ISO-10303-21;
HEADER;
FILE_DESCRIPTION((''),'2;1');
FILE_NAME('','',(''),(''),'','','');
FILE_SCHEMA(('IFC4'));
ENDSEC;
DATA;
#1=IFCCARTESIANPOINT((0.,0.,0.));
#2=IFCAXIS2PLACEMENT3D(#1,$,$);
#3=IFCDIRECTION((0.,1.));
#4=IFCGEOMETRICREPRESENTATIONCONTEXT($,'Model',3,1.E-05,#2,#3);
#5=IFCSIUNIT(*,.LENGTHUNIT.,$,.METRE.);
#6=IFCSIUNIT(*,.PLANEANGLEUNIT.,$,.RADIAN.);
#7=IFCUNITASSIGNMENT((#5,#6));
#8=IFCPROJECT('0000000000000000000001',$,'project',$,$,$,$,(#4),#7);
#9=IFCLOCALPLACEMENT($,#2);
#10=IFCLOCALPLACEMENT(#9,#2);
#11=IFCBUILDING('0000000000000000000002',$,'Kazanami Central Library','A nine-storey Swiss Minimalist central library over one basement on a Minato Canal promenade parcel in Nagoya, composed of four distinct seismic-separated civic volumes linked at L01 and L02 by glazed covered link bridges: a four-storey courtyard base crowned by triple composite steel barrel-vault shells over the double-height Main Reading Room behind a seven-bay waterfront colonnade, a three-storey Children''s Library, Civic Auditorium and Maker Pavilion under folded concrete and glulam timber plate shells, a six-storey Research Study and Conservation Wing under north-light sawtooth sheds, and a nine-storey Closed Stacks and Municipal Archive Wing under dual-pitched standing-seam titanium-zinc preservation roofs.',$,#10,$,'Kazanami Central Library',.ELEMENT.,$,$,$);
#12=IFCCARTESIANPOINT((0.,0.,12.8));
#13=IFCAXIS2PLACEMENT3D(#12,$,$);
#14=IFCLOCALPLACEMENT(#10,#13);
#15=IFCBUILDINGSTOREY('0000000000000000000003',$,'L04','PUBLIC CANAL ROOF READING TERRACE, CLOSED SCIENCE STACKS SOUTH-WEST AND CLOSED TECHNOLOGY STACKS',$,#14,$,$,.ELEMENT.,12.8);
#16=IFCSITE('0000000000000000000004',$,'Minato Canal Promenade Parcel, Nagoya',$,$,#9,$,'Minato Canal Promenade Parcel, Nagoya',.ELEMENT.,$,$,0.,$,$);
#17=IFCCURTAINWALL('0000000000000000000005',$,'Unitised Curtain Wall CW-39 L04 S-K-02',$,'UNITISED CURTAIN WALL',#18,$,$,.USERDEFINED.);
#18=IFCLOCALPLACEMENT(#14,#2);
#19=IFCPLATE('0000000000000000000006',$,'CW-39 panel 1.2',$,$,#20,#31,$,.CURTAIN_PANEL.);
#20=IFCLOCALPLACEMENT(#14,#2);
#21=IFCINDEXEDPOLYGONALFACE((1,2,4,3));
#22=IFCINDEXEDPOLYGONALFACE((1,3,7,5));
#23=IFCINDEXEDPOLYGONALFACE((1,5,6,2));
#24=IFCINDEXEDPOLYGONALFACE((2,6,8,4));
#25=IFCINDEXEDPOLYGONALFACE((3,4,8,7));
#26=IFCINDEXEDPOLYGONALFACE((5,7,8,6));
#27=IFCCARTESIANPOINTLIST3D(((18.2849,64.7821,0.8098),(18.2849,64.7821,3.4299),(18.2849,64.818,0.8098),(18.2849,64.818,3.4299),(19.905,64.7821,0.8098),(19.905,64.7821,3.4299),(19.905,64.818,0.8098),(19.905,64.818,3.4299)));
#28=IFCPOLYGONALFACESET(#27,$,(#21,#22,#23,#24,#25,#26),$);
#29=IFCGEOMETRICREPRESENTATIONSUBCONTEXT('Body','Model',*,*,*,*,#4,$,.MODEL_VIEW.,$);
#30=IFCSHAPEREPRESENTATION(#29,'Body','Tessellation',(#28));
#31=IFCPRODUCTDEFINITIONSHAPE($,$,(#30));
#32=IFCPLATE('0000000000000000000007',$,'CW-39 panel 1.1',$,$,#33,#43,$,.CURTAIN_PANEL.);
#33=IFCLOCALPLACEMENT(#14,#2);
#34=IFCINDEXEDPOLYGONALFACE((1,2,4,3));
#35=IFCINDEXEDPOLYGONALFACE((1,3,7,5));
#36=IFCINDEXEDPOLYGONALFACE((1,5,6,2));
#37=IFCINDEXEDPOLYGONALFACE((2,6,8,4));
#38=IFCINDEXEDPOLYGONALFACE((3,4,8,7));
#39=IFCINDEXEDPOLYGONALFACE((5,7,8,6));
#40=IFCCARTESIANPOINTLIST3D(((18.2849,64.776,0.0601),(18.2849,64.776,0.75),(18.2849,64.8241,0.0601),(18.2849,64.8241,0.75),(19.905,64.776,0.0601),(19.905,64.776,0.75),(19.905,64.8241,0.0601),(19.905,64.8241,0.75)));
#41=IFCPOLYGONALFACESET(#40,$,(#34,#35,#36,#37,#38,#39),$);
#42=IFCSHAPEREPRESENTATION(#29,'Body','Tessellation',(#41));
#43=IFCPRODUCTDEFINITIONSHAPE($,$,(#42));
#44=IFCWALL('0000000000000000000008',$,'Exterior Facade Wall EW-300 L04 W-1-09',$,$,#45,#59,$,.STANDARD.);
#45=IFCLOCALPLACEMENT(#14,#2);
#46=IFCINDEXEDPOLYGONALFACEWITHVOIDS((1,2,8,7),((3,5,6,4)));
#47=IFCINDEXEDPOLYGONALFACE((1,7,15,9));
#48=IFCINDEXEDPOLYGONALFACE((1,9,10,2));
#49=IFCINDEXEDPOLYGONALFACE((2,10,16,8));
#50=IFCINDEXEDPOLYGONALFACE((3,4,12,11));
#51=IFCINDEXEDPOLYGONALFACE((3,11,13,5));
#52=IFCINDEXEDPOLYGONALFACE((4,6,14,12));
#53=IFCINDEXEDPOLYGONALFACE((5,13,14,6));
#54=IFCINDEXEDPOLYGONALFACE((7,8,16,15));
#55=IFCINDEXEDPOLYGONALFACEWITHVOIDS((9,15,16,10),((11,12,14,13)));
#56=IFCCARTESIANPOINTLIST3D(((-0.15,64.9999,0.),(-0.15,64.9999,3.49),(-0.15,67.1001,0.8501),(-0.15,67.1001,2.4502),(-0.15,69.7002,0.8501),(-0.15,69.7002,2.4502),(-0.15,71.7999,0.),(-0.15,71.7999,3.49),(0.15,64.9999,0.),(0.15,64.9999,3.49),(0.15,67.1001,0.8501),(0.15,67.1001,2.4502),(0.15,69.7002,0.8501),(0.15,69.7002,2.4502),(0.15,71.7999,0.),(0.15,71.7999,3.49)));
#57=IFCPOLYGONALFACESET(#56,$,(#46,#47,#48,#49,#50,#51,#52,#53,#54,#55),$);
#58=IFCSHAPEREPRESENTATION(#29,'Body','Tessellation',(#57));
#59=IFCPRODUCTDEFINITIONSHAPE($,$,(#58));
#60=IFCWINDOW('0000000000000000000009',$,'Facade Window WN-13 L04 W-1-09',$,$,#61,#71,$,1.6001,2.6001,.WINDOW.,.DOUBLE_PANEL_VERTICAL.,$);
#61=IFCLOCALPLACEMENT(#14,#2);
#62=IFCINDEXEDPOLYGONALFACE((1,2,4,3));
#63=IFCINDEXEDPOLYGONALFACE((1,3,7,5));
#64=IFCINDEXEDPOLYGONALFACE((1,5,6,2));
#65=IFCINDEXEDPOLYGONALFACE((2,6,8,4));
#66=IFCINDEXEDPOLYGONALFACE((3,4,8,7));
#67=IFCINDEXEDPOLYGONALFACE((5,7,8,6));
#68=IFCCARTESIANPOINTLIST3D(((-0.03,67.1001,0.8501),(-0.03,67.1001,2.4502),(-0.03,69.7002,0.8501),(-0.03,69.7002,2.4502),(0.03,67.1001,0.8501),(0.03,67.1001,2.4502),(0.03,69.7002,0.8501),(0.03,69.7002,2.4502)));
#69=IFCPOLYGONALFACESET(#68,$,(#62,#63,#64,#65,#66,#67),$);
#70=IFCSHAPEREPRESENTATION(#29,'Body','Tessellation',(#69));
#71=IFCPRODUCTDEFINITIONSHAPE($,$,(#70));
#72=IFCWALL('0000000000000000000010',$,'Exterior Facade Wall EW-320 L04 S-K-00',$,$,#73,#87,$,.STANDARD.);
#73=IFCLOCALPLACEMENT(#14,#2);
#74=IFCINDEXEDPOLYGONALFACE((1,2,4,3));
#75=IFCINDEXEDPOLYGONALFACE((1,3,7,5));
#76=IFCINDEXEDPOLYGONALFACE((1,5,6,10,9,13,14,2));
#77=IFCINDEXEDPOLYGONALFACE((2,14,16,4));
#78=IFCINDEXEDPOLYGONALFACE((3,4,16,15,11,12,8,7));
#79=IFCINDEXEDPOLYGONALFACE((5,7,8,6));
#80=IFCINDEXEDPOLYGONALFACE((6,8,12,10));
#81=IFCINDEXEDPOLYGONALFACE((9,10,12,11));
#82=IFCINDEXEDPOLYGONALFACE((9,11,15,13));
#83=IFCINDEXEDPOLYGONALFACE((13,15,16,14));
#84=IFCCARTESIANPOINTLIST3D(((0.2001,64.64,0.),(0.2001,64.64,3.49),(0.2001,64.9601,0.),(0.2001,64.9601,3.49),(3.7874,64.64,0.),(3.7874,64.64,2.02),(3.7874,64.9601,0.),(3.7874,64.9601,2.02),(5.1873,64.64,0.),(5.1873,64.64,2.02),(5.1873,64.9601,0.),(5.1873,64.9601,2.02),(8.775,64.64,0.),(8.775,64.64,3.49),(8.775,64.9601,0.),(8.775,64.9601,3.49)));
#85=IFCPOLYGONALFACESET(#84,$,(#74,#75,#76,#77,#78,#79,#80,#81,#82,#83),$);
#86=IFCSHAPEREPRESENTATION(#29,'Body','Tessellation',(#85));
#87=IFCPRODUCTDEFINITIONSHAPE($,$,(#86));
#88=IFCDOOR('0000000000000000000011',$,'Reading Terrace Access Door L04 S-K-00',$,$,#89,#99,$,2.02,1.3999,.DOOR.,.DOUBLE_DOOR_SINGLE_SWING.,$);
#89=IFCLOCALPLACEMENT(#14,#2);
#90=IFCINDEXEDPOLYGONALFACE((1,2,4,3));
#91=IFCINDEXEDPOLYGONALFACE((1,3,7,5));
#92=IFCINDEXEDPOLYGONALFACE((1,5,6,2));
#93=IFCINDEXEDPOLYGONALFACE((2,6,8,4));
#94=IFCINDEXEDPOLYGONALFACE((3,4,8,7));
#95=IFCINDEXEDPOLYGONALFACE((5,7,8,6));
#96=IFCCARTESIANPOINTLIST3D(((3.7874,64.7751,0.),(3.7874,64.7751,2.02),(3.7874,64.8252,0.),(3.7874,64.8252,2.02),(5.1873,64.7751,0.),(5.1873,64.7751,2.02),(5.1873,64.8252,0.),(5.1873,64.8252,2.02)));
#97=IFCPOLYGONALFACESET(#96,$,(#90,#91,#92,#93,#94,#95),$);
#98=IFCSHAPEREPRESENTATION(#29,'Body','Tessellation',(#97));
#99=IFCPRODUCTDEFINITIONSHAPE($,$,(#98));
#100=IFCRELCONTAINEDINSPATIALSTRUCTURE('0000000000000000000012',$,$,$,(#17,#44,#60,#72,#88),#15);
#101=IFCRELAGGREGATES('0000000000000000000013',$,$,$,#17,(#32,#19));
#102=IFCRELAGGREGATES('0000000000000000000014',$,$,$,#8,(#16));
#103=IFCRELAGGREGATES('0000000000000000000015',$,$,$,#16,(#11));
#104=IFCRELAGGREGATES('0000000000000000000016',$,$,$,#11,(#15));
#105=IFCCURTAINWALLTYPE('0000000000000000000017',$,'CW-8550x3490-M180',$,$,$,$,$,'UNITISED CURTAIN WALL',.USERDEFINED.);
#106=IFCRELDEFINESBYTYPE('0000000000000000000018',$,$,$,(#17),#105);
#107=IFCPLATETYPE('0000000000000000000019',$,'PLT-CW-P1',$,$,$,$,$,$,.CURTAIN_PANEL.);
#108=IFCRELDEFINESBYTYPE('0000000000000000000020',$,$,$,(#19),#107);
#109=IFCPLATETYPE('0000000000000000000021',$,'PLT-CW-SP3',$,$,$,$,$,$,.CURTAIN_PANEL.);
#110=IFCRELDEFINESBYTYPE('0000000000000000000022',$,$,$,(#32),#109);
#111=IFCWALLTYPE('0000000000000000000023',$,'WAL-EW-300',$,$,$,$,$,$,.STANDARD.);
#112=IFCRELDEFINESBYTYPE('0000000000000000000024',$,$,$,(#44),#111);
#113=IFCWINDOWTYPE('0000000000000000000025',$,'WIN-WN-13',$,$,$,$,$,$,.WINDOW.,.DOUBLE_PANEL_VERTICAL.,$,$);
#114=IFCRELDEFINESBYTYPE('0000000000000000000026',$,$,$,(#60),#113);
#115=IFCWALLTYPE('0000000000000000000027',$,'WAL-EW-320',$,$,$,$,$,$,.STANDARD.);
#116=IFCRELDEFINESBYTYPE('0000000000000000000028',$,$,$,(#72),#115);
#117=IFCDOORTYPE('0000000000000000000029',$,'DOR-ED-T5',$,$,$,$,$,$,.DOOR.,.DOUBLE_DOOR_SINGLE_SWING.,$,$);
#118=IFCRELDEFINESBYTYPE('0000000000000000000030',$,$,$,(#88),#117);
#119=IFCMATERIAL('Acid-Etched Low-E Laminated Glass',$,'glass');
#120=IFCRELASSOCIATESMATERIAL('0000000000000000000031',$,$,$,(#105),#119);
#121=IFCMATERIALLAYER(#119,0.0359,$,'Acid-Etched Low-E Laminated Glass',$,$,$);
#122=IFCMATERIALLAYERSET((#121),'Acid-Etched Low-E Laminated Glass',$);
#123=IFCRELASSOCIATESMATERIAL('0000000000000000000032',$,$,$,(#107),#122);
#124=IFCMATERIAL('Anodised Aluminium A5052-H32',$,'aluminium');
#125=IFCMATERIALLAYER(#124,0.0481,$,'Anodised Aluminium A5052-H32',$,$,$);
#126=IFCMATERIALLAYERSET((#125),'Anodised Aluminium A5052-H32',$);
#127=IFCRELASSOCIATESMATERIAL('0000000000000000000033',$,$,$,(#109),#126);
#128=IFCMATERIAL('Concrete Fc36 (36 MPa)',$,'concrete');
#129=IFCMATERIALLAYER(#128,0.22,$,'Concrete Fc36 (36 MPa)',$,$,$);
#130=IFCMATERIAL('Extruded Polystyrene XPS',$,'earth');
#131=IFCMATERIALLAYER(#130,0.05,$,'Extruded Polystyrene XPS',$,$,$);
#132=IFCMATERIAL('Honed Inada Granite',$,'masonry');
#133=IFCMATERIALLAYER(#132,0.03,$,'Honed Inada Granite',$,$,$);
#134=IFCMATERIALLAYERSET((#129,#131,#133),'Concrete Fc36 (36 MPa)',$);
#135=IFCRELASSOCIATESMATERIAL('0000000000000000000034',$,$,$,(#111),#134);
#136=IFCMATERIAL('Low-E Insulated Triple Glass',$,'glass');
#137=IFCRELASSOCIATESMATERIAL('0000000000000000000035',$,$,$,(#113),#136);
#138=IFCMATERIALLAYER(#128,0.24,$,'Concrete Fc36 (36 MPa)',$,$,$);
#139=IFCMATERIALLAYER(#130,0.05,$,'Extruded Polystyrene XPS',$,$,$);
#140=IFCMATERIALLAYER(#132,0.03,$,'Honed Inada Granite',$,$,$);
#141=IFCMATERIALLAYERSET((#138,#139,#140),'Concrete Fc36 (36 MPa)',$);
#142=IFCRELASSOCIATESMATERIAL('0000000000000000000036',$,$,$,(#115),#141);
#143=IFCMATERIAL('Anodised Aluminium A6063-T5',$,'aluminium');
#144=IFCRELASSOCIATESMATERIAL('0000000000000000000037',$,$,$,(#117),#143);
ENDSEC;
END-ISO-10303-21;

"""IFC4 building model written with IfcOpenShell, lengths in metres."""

from ifc_helpers import new_model, si_unit, direction, frame, frame_2d, origin, origin_2d, place, context, subcontext, project, spatial, rectangle, extrude, material, layer, layer_set, type_object, element, fill, aggregate, save


model = new_model("IFC4")

# Units and contexts
model_context = context("Model", 3, precision=1e-05, world=origin(), true_north=direction((0.0, 1.0)))
body_context = subcontext(model_context, "Body", "Model", "MODEL_VIEW")
ifc_project = project(units=[si_unit("LENGTHUNIT", "METRE"), si_unit("PLANEANGLEUNIT", "RADIAN")], contexts=[model_context])

# Site, building, storey
site_placement = place(None, origin())
site = spatial("IfcSite", under=ifc_project, at=site_placement, Name="Minato Canal Promenade Parcel, Nagoya", LongName="Minato Canal Promenade Parcel, Nagoya", CompositionType="ELEMENT", RefElevation=0.0)
building_placement = place(site_placement, origin())
building = spatial("IfcBuilding", under=site, at=building_placement, Name="Kazanami Central Library", Description="A nine-storey Swiss Minimalist central library over one basement on a Minato Canal promenade parcel in Nagoya, composed of four distinct seismic-separated civic volumes linked at L01 and L02 by glazed covered link bridges: a four-storey courtyard base crowned by triple composite steel barrel-vault shells over the double-height Main Reading Room behind a seven-bay waterfront colonnade, a three-storey Children's Library, Civic Auditorium and Maker Pavilion under folded concrete and glulam timber plate shells, a six-storey Research Study and Conservation Wing under north-light sawtooth sheds, and a nine-storey Closed Stacks and Municipal Archive Wing under dual-pitched standing-seam titanium-zinc preservation roofs.", LongName="Kazanami Central Library", CompositionType="ELEMENT")
storey_placement = place(building_placement, frame((0.0, 0.0, 12.8)))
storey = spatial("IfcBuildingStorey", under=building, at=storey_placement, Name="L04", Description="PUBLIC CANAL ROOF READING TERRACE, CLOSED SCIENCE STACKS SOUTH-WEST AND CLOSED TECHNOLOGY STACKS", CompositionType="ELEMENT", Elevation=12.8)

# Curtain wall, plates
ifc_material_1 = material(Name="Acid-Etched Low-E Laminated Glass", Category="glass")
curtain_wall_type = type_object("IfcCurtainWallType", Name="CW-8550x3490-M180", ElementType="UNITISED CURTAIN WALL", PredefinedType="USERDEFINED", material=ifc_material_1)
curtain_wall_placement = place(storey_placement, origin())
curtain_wall = element("IfcCurtainWall", 1, at=curtain_wall_placement, inside=storey, type_object=curtain_wall_type, Name="Unitised Curtain Wall CW-39 L04 S-K-02", ObjectType="UNITISED CURTAIN WALL", PredefinedType="USERDEFINED")
ifc_material_2 = material(Name="Anodised Aluminium A6063-T5", Category="aluminium")
ifc_layer_1 = layer(ifc_material_1, 0.0359, Name="Acid-Etched Low-E Laminated Glass")
ifc_layer_set_1 = layer_set([ifc_layer_1], Name="Acid-Etched Low-E Laminated Glass")
plate_type_1 = type_object("IfcPlateType", Name="PLT-CW-P1", PredefinedType="CURTAIN_PANEL", material=ifc_layer_set_1)
plate_1_placement = place(storey_placement, frame((19.095, 64.8, 0.8098), z_axis=(0.0, 0.0, 1.0), x_axis=(1.0, 0.0, 0.0)))
plate_1 = element("IfcPlate", 2, at=plate_1_placement, type_object=plate_type_1, Name="CW-39 panel 1.2", PredefinedType="CURTAIN_PANEL", context=body_context, shape_type="SweptSolid", body=[
    extrude(rectangle(XDim=1.6201, YDim=0.0359, at=origin_2d()), origin(), (0.0, 0.0, 1.0), 2.6201),
])
ifc_material_3 = material(Name="Anodised Aluminium A5052-H32", Category="aluminium")
ifc_layer_2 = layer(ifc_material_3, 0.0481, Name="Anodised Aluminium A5052-H32")
ifc_layer_set_2 = layer_set([ifc_layer_2], Name="Anodised Aluminium A5052-H32")
plate_type_2 = type_object("IfcPlateType", Name="PLT-CW-SP3", PredefinedType="CURTAIN_PANEL", material=ifc_layer_set_2)
plate_2_placement = place(storey_placement, frame((19.095, 64.8, 0.0601), z_axis=(0.0, 0.0, 1.0), x_axis=(1.0, 0.0, 0.0)))
plate_2 = element("IfcPlate", 3, at=plate_2_placement, type_object=plate_type_2, Name="CW-39 panel 1.1", PredefinedType="CURTAIN_PANEL", context=body_context, shape_type="SweptSolid", body=[
    extrude(rectangle(XDim=1.6201, YDim=0.0481, at=origin_2d()), origin(), (0.0, 0.0, 1.0), 0.6899),
])
aggregate(curtain_wall, [plate_2, plate_1])

# Wall, opening, window
ifc_material_4 = material(Name="Concrete Fc36 (36 MPa)", Category="concrete")
ifc_layer_3 = layer(ifc_material_4, 0.22, Name="Concrete Fc36 (36 MPa)")
ifc_material_5 = material(Name="Extruded Polystyrene XPS", Category="earth")
ifc_layer_4 = layer(ifc_material_5, 0.05, Name="Extruded Polystyrene XPS")
ifc_material_6 = material(Name="Honed Inada Granite", Category="masonry")
ifc_layer_5 = layer(ifc_material_6, 0.03, Name="Honed Inada Granite")
ifc_layer_set_3 = layer_set([ifc_layer_3, ifc_layer_4, ifc_layer_5], Name="Concrete Fc36 (36 MPa)")
wall_type_1 = type_object("IfcWallType", Name="WAL-EW-300", PredefinedType="STANDARD", material=ifc_layer_set_3)
wall_1_placement = place(storey_placement, frame((0.0, 65.0, 0.0), z_axis=(0.0, 0.0, 1.0), x_axis=(0.0, 1.0, 0.0)))
wall_1 = element("IfcWall", 4, at=wall_1_placement, inside=storey, type_object=wall_type_1, Name="Exterior Facade Wall EW-300 L04 W-1-09", PredefinedType="STANDARD", context=body_context, shape_type="SweptSolid", body=[
    extrude(rectangle(XDim=6.8, YDim=0.3, at=frame_2d((3.3999, 0.0))), origin(), (0.0, 0.0, 1.0), 3.49),
])
opening_1_placement = place(wall_1_placement, frame((2.1001, 0.0, 0.8501)))
opening_1 = element("IfcOpeningElement", 5, at=opening_1_placement, cuts=wall_1, PredefinedType="OPENING", context=body_context, shape_type="SweptSolid", body=[
    extrude(rectangle(XDim=2.6001, YDim=1.6001, at=frame_2d((1.3, 0.8))), frame((0.0, 0.1621, 0.0), z_axis=(0.0, -1.0, 0.0), x_axis=(1.0, 0.0, 0.0)), (0.0, 0.0, 1.0), 0.324),
])
ifc_material_7 = material(Name="Low-E Insulated Triple Glass", Category="glass")
window_type = type_object("IfcWindowType", Name="WIN-WN-13", PartitioningType="DOUBLE_PANEL_VERTICAL", PredefinedType="WINDOW", material=ifc_material_7)
window_placement = place(opening_1_placement, origin())
window = element("IfcWindow", 6, at=window_placement, inside=storey, type_object=window_type, Name="Facade Window WN-13 L04 W-1-09", OverallHeight=1.6001, OverallWidth=2.6001, PartitioningType="DOUBLE_PANEL_VERTICAL", PredefinedType="WINDOW", context=body_context, shape_type="SweptSolid", body=[
    extrude(rectangle(XDim=2.6001, YDim=1.6001, at=frame_2d((1.3, 0.8))), frame((0.0, 0.03, 0.0), z_axis=(0.0, -1.0, 0.0), x_axis=(1.0, 0.0, 0.0)), (0.0, 0.0, 1.0), 0.0601),
])
fill(opening_1, window)

# Wall, opening, door
ifc_layer_6 = layer(ifc_material_4, 0.24, Name="Concrete Fc36 (36 MPa)")
ifc_layer_7 = layer(ifc_material_5, 0.05, Name="Extruded Polystyrene XPS")
ifc_layer_8 = layer(ifc_material_6, 0.03, Name="Honed Inada Granite")
ifc_layer_set_4 = layer_set([ifc_layer_6, ifc_layer_7, ifc_layer_8], Name="Concrete Fc36 (36 MPa)")
wall_type_2 = type_object("IfcWallType", Name="WAL-EW-320", PredefinedType="STANDARD", material=ifc_layer_set_4)
wall_2_placement = place(storey_placement, frame((0.2, 64.8, 0.0), z_axis=(0.0, 0.0, 1.0), x_axis=(1.0, 0.0, 0.0)))
wall_2 = element("IfcWall", 7, at=wall_2_placement, inside=storey, type_object=wall_type_2, Name="Exterior Facade Wall EW-320 L04 S-K-00", PredefinedType="STANDARD", context=body_context, shape_type="SweptSolid", body=[
    extrude(rectangle(XDim=8.575, YDim=0.3201, at=frame_2d((4.2876, 0.0))), origin(), (0.0, 0.0, 1.0), 3.49),
])
opening_2_placement = place(wall_2_placement, frame((3.5874, 0.0, 0.0)))
opening_2 = element("IfcOpeningElement", 8, at=opening_2_placement, cuts=wall_2, PredefinedType="OPENING", context=body_context, shape_type="SweptSolid", body=[
    extrude(rectangle(XDim=1.3999, YDim=2.02, at=frame_2d((0.7, 1.01))), frame((0.0, 0.1719, 0.0), z_axis=(0.0, -1.0, 0.0), x_axis=(1.0, 0.0, 0.0)), (0.0, 0.0, 1.0), 0.344),
])
door_type_1 = type_object("IfcDoorType", Name="DOR-ED-T5", OperationType="DOUBLE_DOOR_SINGLE_SWING", PredefinedType="DOOR", material=ifc_material_2)
door_1_placement = place(opening_2_placement, frame((1.3999, 0.0, 0.0), z_axis=(0.0, 0.0, 1.0), x_axis=(-1.0, 0.0, 0.0)))
door_1 = element("IfcDoor", 9, at=door_1_placement, inside=storey, type_object=door_type_1, Name="Reading Terrace Access Door L04 S-K-00", OperationType="DOUBLE_DOOR_SINGLE_SWING", OverallHeight=2.02, OverallWidth=1.3999, PredefinedType="DOOR", context=body_context, shape_type="SweptSolid", body=[
    extrude(rectangle(XDim=1.3999, YDim=2.02, at=frame_2d((0.7, 1.01))), frame((0.0, 0.0249, 0.0), z_axis=(0.0, -1.0, 0.0), x_axis=(1.0, 0.0, 0.0)), (0.0, 0.0, 1.0), 0.05),
])
fill(opening_2, door_1)

save(model, "model.ifc")
